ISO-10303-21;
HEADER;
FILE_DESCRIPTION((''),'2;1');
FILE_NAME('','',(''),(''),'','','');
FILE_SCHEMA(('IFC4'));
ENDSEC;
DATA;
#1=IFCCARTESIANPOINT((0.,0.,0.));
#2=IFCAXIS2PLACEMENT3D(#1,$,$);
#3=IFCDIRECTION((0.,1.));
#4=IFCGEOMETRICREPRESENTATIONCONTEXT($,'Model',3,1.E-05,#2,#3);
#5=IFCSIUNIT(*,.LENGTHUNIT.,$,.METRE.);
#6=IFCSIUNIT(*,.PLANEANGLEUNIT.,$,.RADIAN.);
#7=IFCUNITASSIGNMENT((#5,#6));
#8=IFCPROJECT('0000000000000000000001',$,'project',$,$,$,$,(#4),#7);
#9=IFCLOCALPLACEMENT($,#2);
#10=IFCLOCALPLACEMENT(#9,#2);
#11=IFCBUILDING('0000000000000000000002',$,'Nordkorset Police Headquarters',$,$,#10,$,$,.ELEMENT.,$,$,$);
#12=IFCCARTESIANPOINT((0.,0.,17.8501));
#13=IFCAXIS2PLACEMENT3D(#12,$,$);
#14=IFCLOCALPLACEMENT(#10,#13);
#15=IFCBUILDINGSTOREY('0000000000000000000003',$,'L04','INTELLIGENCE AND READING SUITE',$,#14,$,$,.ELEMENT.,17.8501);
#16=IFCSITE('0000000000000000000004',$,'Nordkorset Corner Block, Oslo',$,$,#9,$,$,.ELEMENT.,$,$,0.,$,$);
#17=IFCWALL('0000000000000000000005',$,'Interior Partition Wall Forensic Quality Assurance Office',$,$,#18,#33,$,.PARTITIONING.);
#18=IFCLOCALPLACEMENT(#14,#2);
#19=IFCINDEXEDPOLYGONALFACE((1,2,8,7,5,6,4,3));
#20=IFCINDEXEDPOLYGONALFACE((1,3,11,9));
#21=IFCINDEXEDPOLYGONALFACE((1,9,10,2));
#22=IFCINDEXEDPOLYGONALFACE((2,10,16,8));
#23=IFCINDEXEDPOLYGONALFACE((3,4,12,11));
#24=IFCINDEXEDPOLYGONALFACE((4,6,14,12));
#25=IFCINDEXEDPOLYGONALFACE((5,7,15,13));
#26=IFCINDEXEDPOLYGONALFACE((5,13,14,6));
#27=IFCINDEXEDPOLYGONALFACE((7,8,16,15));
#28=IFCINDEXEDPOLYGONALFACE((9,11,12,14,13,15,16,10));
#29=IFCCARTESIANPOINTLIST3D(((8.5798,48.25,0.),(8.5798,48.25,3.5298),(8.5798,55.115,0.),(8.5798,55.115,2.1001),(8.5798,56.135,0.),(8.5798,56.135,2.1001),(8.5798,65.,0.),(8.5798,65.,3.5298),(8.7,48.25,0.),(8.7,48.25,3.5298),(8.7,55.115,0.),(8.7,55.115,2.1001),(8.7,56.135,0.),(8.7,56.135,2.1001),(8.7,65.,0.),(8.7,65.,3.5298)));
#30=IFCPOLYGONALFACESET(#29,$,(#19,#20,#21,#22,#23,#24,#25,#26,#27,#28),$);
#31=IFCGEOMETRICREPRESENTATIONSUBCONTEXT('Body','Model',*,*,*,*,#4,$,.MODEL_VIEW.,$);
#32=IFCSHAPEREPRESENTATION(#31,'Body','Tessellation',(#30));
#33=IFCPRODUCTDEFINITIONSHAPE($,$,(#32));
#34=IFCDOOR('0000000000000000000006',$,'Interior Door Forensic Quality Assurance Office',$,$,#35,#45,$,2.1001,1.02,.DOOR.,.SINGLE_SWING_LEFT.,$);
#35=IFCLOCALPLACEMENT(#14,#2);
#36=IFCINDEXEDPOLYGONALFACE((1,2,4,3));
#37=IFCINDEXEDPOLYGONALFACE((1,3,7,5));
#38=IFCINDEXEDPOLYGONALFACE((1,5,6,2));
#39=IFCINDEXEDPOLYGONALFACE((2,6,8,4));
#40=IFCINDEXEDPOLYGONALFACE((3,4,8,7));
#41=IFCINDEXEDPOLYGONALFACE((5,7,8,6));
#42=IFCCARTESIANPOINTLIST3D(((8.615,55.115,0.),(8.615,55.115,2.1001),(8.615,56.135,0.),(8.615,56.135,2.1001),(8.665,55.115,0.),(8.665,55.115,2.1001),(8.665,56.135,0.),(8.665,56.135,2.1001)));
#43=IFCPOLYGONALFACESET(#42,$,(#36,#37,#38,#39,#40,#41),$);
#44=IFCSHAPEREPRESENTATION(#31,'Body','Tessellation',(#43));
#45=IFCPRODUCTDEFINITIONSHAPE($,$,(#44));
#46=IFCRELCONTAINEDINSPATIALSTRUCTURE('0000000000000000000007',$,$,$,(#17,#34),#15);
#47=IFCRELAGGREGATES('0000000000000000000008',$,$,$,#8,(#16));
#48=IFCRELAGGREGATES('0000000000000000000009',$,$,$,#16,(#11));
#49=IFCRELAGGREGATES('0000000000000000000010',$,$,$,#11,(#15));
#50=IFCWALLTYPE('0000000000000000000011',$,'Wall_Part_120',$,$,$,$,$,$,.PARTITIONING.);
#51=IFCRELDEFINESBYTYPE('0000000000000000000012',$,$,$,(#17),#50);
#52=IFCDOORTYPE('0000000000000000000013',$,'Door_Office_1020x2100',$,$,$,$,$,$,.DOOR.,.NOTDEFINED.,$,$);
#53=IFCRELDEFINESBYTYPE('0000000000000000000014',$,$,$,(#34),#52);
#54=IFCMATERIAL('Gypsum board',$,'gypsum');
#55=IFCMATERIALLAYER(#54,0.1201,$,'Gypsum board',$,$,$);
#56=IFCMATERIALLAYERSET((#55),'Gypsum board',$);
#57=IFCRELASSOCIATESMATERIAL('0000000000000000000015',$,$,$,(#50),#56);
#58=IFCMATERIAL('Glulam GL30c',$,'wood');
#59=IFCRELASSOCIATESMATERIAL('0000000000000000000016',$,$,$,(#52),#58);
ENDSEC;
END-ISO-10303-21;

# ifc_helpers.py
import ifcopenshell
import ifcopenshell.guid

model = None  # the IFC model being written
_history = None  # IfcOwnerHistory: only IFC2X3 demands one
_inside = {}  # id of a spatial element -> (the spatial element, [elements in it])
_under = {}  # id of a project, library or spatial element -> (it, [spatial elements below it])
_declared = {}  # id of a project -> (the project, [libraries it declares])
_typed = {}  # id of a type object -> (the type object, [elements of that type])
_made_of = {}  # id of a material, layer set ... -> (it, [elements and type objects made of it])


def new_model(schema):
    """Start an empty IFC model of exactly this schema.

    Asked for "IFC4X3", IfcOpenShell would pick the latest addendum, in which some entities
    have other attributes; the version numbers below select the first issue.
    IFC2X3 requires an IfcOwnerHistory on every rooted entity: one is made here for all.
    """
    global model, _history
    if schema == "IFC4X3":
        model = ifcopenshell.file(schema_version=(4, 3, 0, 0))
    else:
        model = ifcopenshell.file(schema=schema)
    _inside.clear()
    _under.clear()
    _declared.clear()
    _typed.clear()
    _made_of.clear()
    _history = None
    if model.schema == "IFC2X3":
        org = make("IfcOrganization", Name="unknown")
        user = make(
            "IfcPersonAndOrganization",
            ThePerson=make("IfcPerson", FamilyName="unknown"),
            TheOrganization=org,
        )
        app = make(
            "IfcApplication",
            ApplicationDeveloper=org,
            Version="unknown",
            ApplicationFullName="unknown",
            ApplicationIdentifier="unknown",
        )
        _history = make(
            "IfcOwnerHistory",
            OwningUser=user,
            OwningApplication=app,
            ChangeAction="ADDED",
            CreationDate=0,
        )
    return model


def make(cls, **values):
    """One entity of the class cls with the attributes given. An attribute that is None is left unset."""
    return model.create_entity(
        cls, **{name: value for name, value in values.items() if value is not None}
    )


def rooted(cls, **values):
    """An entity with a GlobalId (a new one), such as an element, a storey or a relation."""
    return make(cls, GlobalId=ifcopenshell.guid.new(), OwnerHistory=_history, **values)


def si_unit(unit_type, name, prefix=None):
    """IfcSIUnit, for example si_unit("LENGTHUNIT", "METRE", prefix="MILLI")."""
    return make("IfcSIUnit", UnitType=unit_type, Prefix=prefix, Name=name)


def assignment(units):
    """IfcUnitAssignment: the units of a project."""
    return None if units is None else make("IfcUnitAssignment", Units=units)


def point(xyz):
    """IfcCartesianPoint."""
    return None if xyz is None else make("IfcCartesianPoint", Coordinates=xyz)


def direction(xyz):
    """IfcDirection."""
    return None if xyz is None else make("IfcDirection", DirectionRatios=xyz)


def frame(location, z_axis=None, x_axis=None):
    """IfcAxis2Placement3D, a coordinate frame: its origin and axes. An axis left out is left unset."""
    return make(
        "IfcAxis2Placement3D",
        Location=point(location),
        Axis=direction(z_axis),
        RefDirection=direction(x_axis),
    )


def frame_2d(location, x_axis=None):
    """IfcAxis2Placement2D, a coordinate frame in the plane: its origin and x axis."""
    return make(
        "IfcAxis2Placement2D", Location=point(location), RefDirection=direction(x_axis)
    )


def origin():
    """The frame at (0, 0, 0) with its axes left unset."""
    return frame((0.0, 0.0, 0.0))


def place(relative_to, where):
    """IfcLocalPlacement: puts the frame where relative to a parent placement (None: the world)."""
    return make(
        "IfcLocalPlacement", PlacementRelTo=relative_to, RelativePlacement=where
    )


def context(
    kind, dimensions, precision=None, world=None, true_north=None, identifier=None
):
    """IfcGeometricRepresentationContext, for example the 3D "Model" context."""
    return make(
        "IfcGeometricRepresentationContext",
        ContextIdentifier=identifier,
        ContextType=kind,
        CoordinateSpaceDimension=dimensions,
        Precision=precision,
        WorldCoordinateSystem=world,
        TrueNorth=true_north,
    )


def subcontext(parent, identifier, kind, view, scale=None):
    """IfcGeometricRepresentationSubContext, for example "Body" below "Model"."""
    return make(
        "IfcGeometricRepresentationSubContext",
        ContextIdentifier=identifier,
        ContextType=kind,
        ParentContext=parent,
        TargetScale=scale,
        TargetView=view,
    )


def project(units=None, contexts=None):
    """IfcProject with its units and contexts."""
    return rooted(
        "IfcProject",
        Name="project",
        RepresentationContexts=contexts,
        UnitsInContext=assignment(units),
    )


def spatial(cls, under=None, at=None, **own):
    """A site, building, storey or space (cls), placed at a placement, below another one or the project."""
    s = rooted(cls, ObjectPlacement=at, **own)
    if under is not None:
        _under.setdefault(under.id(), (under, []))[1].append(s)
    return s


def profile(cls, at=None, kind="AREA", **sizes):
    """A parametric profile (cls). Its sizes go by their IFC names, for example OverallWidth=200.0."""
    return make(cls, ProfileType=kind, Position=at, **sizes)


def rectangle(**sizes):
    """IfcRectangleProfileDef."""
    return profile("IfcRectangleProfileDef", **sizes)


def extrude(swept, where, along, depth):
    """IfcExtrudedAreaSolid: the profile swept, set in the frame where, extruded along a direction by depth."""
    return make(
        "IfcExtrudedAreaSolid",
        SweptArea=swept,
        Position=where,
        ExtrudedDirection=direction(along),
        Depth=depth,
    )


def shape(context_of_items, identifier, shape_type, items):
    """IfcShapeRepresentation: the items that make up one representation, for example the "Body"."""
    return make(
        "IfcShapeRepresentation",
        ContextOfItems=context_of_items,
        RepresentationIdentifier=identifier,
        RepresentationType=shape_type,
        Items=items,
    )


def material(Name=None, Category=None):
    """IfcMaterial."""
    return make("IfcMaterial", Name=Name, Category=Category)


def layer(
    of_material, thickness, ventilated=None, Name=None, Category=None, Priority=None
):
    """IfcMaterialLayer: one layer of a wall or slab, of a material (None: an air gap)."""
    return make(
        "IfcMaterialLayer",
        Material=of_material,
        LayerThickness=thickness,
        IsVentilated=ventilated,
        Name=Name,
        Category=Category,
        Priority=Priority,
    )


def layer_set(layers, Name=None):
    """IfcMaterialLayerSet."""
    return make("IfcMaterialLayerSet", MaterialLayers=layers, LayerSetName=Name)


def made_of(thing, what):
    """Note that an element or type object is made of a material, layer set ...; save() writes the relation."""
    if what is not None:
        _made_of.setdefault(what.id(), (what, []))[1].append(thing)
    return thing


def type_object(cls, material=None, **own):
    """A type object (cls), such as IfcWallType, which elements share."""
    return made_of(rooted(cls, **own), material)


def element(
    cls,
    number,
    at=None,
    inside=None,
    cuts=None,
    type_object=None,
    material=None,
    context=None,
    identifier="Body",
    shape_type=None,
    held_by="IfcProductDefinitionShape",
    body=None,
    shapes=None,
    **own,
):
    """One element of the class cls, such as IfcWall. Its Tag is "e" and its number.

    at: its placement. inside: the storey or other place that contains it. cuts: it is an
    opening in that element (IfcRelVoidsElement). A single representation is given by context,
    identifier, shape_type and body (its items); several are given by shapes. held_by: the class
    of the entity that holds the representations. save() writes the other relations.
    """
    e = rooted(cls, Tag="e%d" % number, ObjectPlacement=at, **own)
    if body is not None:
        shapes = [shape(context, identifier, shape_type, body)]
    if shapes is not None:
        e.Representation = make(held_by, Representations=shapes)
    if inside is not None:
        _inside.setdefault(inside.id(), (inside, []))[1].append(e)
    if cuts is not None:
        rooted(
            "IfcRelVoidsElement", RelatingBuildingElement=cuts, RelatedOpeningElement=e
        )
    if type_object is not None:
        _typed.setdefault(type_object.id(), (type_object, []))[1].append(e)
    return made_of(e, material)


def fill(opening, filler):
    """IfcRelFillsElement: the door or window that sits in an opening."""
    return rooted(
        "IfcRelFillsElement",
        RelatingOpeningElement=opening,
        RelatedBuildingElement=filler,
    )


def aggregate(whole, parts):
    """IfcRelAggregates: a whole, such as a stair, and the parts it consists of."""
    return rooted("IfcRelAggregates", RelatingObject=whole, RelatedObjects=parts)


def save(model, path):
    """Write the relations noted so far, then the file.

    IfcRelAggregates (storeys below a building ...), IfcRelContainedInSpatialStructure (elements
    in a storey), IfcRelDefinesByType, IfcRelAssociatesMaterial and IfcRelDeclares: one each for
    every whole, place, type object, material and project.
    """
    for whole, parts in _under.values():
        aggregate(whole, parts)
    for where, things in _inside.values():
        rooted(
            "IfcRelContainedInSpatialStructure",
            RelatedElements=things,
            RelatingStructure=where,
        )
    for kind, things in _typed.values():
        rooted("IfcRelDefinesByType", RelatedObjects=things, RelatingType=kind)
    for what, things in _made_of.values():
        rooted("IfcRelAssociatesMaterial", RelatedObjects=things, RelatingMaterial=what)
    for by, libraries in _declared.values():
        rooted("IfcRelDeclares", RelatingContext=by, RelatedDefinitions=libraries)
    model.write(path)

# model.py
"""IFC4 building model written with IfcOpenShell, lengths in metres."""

from ifc_helpers import new_model, si_unit, direction, frame, frame_2d, origin, place, context, subcontext, project, spatial, rectangle, extrude, material, layer, layer_set, type_object, element, fill, save


model = new_model("IFC4")

# Units and contexts
model_context = context("Model", 3, precision=1e-05, world=origin(), true_north=direction((0.0, 1.0)))
body_context = subcontext(model_context, "Body", "Model", "MODEL_VIEW")
ifc_project = project(units=[si_unit("LENGTHUNIT", "METRE"), si_unit("PLANEANGLEUNIT", "RADIAN")], contexts=[model_context])

# Site, building, storey
site_placement = place(None, origin())
site = spatial("IfcSite", under=ifc_project, at=site_placement, Name="Nordkorset Corner Block, Oslo", CompositionType="ELEMENT", RefElevation=0.0)
building_placement = place(site_placement, origin())
building = spatial("IfcBuilding", under=site, at=building_placement, Name="Nordkorset Police Headquarters", CompositionType="ELEMENT")
storey_placement = place(building_placement, frame((0.0, 0.0, 17.8501)))
storey = spatial("IfcBuildingStorey", under=building, at=storey_placement, Name="L04", Description="INTELLIGENCE AND READING SUITE", CompositionType="ELEMENT", Elevation=17.8501)

# Wall, opening, door
ifc_material_1 = material(Name="Gypsum board", Category="gypsum")
ifc_layer_1 = layer(ifc_material_1, 0.1201, Name="Gypsum board")
ifc_layer_set_1 = layer_set([ifc_layer_1], Name="Gypsum board")
wall_type_1 = type_object("IfcWallType", Name="Wall_Part_120", PredefinedType="PARTITIONING", material=ifc_layer_set_1)
wall_1_placement = place(storey_placement, frame((8.6399, 48.25, 0.0), z_axis=(0.0, 0.0, 1.0), x_axis=(0.0, 1.0, 0.0)))
wall_1 = element("IfcWall", 1, at=wall_1_placement, inside=storey, type_object=wall_type_1, Name="Interior Partition Wall Forensic Quality Assurance Office", PredefinedType="PARTITIONING", context=body_context, shape_type="SweptSolid", body=[
    extrude(rectangle(XDim=16.75, YDim=0.1201, at=frame_2d((8.375, 0.0))), origin(), (0.0, 0.0, 1.0), 3.5298),
])
opening_1_placement = place(wall_1_placement, frame((6.865, 0.0, 0.0)))
opening_1 = element("IfcOpeningElement", 2, at=opening_1_placement, cuts=wall_1, PredefinedType="OPENING", context=body_context, shape_type="SweptSolid", body=[
    extrude(rectangle(XDim=1.02, YDim=2.1001, at=frame_2d((0.51, 1.05))), frame((0.0, 0.0701, 0.0), z_axis=(0.0, -1.0, 0.0), x_axis=(1.0, 0.0, 0.0)), (0.0, 0.0, 1.0), 0.1401),
])
ifc_material_2 = material(Name="Glulam GL30c", Category="wood")
door_type = type_object("IfcDoorType", Name="Door_Office_1020x2100", OperationType="NOTDEFINED", PredefinedType="DOOR", material=ifc_material_2)
door_placement = place(opening_1_placement, origin())
door = element("IfcDoor", 3, at=door_placement, inside=storey, type_object=door_type, Name="Interior Door Forensic Quality Assurance Office", OperationType="SINGLE_SWING_LEFT", OverallHeight=2.1001, OverallWidth=1.02, PredefinedType="DOOR", context=body_context, shape_type="SweptSolid", body=[
    extrude(rectangle(XDim=1.02, YDim=2.1001, at=frame_2d((0.51, 1.05))), frame((0.0, 0.0249, 0.0), z_axis=(0.0, -1.0, 0.0), x_axis=(1.0, 0.0, 0.0)), (0.0, 0.0, 1.0), 0.05),
])
fill(opening_1, door)

save(model, "model.ifc")
